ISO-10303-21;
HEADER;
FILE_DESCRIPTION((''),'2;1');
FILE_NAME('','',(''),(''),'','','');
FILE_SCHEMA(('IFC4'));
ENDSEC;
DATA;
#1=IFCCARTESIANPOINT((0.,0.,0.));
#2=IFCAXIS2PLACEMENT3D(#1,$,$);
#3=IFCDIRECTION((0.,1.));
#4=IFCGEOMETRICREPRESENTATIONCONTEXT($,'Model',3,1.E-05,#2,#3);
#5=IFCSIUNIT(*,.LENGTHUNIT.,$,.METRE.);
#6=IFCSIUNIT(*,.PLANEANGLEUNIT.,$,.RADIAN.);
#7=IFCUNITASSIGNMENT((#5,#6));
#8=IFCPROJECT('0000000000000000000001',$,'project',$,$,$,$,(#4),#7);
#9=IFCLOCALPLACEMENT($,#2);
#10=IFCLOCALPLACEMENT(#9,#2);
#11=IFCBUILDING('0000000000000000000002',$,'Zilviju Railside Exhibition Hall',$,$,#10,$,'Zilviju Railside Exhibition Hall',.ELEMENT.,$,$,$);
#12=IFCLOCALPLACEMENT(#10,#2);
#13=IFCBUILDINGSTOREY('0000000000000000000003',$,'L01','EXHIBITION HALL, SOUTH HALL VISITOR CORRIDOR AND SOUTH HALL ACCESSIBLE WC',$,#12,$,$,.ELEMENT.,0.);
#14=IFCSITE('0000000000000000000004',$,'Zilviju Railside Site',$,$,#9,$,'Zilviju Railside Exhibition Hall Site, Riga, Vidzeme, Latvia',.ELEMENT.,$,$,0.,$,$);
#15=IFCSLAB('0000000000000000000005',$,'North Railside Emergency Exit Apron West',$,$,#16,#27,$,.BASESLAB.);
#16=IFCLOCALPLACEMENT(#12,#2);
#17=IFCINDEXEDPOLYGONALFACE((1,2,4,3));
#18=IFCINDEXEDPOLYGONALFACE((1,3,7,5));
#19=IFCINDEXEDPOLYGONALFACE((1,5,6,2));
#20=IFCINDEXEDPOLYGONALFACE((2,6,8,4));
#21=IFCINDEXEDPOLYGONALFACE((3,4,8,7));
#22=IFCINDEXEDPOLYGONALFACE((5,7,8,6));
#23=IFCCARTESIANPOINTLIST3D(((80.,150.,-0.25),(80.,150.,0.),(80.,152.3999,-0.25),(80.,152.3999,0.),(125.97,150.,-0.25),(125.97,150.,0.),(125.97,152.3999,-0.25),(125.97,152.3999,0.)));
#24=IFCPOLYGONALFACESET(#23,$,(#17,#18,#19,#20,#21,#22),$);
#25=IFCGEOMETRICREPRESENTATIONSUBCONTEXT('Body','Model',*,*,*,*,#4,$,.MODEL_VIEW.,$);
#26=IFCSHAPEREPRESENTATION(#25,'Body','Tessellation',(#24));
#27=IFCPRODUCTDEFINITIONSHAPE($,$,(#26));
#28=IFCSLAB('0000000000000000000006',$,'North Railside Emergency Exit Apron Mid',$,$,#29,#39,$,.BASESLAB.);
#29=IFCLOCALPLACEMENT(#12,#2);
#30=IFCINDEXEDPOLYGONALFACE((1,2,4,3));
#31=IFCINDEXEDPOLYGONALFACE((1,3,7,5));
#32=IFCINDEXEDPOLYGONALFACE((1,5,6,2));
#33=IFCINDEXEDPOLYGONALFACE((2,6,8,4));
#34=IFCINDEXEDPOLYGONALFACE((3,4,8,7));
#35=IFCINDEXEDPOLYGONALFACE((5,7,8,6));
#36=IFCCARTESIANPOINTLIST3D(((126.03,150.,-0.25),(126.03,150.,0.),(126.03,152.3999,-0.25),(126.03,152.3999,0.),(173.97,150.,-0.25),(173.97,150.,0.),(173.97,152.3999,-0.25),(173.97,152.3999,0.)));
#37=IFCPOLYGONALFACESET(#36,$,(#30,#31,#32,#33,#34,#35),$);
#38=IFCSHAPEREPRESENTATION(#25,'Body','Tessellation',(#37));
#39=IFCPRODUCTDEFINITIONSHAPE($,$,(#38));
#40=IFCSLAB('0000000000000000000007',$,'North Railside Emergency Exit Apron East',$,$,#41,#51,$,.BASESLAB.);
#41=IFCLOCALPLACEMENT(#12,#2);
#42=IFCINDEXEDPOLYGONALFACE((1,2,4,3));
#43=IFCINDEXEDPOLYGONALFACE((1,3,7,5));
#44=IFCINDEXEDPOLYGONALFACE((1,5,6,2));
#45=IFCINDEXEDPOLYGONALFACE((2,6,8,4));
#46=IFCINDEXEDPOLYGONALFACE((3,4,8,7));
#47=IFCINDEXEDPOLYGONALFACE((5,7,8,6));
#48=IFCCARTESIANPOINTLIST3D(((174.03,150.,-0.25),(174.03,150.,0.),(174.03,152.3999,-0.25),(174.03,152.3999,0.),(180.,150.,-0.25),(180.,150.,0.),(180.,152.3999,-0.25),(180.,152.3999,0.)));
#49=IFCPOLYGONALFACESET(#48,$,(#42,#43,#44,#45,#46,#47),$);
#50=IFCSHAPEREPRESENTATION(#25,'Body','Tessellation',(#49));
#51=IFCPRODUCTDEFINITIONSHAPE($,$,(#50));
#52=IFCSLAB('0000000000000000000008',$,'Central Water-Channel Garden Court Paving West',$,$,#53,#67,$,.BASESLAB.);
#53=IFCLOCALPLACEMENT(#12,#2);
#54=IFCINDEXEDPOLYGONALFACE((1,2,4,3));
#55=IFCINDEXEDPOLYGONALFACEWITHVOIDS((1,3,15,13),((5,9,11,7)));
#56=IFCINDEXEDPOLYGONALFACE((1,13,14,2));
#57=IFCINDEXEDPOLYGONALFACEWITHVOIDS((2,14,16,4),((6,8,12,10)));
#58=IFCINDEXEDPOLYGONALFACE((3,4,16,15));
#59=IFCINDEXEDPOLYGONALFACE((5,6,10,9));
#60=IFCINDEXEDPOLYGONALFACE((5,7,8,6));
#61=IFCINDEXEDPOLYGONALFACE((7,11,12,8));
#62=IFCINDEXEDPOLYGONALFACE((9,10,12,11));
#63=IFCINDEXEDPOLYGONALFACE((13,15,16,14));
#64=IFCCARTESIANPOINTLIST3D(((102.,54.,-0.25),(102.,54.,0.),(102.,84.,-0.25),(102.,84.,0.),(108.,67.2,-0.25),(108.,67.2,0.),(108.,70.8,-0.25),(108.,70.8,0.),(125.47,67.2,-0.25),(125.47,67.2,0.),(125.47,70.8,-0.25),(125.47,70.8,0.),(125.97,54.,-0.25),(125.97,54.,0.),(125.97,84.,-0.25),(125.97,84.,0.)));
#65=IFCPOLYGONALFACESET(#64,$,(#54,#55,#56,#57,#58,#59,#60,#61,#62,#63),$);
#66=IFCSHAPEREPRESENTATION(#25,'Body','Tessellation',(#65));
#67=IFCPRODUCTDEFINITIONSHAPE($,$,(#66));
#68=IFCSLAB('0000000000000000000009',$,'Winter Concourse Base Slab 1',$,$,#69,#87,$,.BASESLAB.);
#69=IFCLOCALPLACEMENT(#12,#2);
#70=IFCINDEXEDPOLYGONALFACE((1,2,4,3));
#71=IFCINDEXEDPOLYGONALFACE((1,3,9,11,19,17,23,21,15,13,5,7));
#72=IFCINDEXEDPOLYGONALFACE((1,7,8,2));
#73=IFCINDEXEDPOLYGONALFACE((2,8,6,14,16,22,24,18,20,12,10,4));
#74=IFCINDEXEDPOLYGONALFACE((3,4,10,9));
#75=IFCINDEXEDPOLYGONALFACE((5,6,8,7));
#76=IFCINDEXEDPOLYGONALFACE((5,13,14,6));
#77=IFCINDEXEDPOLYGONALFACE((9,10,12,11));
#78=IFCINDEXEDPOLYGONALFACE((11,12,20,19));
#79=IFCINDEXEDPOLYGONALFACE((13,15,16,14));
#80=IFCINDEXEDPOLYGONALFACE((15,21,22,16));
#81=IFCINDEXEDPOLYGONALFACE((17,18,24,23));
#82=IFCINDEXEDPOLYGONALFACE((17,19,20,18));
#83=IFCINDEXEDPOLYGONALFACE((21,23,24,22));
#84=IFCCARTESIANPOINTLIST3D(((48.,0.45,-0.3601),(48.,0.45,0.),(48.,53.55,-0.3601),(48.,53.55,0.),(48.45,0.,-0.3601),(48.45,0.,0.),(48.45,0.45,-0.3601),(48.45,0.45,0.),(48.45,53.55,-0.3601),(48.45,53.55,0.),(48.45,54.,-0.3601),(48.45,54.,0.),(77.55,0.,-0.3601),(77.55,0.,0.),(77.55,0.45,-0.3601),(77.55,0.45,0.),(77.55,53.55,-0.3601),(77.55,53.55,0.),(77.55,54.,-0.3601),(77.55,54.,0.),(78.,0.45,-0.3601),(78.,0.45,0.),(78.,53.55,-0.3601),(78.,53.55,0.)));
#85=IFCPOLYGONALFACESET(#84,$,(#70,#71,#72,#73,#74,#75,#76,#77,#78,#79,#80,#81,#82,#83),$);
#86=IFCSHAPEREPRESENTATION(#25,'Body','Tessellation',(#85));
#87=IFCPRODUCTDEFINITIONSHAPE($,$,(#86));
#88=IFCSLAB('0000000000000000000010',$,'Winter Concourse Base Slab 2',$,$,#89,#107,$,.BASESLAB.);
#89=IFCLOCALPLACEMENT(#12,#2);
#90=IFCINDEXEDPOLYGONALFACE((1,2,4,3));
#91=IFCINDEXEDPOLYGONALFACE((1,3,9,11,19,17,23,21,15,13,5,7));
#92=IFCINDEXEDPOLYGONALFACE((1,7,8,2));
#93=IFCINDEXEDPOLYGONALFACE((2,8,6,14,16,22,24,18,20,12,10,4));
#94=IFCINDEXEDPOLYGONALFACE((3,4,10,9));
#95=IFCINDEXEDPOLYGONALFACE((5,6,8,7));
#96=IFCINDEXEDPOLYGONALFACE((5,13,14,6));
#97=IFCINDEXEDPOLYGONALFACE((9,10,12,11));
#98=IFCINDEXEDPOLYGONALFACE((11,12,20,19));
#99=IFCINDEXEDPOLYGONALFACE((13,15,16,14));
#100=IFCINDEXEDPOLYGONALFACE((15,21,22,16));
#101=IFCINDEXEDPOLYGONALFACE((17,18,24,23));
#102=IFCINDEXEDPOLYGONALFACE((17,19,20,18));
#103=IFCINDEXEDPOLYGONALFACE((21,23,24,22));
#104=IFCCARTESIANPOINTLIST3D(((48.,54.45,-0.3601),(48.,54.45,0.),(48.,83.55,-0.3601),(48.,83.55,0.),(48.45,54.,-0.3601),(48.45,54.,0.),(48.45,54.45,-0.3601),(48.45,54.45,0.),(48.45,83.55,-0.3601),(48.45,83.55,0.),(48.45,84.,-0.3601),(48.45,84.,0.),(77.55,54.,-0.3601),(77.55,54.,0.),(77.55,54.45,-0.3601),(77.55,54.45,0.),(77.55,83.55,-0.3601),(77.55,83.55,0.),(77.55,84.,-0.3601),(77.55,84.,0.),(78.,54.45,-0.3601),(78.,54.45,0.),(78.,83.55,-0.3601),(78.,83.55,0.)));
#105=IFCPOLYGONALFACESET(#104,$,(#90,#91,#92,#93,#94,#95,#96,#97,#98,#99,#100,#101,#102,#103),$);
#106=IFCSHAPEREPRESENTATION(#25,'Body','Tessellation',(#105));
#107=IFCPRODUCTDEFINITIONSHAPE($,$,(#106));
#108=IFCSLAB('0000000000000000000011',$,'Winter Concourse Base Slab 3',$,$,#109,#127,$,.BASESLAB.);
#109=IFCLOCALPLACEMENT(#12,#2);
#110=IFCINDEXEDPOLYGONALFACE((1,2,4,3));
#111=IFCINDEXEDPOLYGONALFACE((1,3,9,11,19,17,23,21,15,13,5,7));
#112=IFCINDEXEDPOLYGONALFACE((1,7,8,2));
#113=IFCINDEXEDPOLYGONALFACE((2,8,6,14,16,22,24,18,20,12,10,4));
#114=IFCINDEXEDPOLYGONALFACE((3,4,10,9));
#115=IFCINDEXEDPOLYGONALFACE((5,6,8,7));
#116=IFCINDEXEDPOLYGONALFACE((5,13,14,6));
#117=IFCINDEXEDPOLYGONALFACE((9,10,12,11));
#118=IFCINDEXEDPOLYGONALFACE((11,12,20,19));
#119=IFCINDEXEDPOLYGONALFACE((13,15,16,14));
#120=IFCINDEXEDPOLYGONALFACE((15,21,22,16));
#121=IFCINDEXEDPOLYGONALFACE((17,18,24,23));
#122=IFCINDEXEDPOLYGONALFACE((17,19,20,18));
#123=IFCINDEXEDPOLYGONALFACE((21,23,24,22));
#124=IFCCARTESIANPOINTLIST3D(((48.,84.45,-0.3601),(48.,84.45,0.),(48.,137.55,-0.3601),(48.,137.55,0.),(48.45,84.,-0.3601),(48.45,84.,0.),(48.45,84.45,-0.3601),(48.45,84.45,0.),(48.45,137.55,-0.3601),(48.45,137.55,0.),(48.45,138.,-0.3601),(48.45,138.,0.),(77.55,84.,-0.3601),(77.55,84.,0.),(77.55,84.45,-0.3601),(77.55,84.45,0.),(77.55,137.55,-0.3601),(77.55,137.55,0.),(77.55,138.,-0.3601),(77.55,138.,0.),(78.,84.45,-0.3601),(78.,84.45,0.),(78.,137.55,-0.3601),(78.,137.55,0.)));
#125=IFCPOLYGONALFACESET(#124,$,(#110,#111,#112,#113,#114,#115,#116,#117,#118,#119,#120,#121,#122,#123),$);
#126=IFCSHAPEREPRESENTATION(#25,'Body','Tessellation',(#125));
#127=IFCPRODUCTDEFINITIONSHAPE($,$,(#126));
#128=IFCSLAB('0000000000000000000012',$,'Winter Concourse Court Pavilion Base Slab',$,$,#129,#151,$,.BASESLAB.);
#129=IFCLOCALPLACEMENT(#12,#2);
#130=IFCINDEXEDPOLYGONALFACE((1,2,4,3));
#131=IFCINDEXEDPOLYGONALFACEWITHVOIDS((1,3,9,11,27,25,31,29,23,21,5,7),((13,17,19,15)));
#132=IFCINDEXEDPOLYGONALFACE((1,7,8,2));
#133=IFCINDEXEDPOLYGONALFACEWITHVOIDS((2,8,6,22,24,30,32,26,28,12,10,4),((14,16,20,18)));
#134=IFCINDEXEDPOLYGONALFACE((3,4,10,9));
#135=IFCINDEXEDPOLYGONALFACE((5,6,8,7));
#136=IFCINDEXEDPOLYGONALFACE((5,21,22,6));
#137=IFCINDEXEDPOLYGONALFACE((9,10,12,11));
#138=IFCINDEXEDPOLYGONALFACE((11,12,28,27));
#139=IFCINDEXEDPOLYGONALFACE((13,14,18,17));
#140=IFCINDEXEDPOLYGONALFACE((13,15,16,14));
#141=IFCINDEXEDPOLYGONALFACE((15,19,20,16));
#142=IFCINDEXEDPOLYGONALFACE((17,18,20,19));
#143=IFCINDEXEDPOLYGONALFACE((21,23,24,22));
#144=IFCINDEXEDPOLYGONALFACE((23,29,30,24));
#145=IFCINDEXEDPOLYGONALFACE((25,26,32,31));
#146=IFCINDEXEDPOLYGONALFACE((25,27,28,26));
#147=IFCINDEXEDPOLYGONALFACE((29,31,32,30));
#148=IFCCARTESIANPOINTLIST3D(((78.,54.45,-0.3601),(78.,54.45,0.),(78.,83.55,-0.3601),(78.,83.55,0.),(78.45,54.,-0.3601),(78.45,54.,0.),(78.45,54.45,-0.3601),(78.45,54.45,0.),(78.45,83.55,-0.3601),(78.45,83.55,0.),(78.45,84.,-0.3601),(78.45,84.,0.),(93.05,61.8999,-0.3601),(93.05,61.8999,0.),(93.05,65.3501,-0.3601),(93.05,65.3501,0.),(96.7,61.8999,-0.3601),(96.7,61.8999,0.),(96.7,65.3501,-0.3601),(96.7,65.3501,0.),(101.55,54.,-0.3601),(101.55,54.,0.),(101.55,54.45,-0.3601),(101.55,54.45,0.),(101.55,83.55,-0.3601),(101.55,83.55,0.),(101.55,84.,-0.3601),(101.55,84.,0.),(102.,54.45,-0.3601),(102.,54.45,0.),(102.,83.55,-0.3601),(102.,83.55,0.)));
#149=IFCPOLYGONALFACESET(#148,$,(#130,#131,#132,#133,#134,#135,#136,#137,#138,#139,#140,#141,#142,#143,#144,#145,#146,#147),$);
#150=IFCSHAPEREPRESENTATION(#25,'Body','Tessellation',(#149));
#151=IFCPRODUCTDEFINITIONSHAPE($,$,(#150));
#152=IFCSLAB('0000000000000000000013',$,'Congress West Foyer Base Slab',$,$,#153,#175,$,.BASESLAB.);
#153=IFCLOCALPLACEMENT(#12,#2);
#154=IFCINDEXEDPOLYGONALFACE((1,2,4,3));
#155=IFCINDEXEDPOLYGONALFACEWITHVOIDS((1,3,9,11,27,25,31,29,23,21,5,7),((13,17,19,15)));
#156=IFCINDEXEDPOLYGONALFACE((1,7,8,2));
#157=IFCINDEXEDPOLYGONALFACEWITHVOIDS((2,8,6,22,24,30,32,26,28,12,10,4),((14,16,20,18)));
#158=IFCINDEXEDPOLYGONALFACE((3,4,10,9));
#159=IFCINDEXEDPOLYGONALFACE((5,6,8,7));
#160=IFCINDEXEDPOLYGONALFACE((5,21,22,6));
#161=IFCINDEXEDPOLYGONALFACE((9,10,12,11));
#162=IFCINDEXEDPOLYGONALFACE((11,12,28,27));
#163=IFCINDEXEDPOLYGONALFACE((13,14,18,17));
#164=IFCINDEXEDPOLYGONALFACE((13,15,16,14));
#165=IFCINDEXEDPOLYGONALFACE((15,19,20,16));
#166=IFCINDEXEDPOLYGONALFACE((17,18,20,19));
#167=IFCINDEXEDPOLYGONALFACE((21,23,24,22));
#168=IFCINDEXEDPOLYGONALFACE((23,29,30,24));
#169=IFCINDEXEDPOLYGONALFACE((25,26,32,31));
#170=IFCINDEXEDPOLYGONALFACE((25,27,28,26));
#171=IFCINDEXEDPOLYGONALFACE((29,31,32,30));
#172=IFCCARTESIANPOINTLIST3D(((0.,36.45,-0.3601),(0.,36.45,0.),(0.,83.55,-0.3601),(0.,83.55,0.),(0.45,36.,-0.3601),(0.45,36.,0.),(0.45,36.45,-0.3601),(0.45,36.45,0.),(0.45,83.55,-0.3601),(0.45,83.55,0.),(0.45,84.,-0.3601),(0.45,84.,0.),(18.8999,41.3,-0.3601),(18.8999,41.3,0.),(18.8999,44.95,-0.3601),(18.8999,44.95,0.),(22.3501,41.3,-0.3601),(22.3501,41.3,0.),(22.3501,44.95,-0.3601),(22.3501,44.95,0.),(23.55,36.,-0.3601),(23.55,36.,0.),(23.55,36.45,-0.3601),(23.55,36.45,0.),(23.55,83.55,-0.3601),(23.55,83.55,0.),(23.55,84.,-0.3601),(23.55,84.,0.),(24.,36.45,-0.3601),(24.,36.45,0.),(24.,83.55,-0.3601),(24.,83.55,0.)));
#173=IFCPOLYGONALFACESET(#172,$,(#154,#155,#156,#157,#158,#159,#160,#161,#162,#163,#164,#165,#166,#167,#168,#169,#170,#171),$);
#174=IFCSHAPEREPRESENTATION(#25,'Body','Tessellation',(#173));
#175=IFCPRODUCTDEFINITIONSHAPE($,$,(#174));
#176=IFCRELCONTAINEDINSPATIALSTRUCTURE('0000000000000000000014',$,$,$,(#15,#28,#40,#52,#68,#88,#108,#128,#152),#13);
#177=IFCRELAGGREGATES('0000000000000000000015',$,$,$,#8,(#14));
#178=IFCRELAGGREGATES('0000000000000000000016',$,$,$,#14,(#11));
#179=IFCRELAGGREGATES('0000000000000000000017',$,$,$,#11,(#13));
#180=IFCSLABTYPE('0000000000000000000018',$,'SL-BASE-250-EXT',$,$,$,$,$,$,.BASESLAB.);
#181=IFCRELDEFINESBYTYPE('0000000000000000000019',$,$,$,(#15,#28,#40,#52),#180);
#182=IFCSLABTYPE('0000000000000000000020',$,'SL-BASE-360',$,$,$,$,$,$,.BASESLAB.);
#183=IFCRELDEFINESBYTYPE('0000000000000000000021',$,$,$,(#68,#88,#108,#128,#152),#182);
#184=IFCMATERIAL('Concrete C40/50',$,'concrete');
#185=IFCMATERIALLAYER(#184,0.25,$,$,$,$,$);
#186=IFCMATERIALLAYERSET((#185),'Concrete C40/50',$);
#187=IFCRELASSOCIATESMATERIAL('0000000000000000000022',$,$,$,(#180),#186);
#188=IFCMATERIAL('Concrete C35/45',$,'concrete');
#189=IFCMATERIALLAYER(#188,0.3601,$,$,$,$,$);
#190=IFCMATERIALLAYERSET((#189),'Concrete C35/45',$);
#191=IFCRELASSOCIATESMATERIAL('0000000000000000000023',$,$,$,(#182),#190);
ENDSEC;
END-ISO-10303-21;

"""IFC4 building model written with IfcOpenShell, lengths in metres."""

from ifc_helpers import new_model, si_unit, direction, frame, origin, place, context, subcontext, project, spatial, polyline, outline, extrude, material, layer, layer_set, type_object, element, save


model = new_model("IFC4")

# Units and contexts
model_context = context("Model", 3, precision=1e-05, world=origin(), true_north=direction((0.0, 1.0)))
body_context = subcontext(model_context, "Body", "Model", "MODEL_VIEW")
ifc_project = project(units=[si_unit("LENGTHUNIT", "METRE"), si_unit("PLANEANGLEUNIT", "RADIAN")], contexts=[model_context])

# Site, building, storey
site_placement = place(None, origin())
site = spatial("IfcSite", under=ifc_project, at=site_placement, Name="Zilviju Railside Site", LongName="Zilviju Railside Exhibition Hall Site, Riga, Vidzeme, Latvia", CompositionType="ELEMENT", RefElevation=0.0)
building_placement = place(site_placement, origin())
building = spatial("IfcBuilding", under=site, at=building_placement, Name="Zilviju Railside Exhibition Hall", LongName="Zilviju Railside Exhibition Hall", CompositionType="ELEMENT")
storey_placement = place(building_placement, origin())
storey = spatial("IfcBuildingStorey", under=building, at=storey_placement, Name="L01", Description="EXHIBITION HALL, SOUTH HALL VISITOR CORRIDOR AND SOUTH HALL ACCESSIBLE WC", CompositionType="ELEMENT", Elevation=0.0)

# Slabs
ifc_material_1 = material(Name="Concrete C40/50", Category="concrete")
ifc_layer_1 = layer(ifc_material_1, 0.25)
ifc_layer_set_1 = layer_set([ifc_layer_1], Name="Concrete C40/50")
slab_type_1 = type_object("IfcSlabType", Name="SL-BASE-250-EXT", PredefinedType="BASESLAB", material=ifc_layer_set_1)
slab_1_placement = place(storey_placement, frame((0.0, 0.0, -0.25)))
element("IfcSlab", 1, at=slab_1_placement, inside=storey, type_object=slab_type_1, Name="North Railside Emergency Exit Apron West", PredefinedType="BASESLAB", context=body_context, shape_type="SweptSolid", body=[
    extrude(outline(polyline([(80.0, 150.0), (125.97, 150.0), (125.97, 152.3999), (80.0, 152.3999), (80.0, 150.0)])), origin(), (0.0, 0.0, 1.0), 0.25),
])
slab_2_placement = place(storey_placement, frame((0.0, 0.0, -0.25)))
element("IfcSlab", 2, at=slab_2_placement, inside=storey, type_object=slab_type_1, Name="North Railside Emergency Exit Apron Mid", PredefinedType="BASESLAB", context=body_context, shape_type="SweptSolid", body=[
    extrude(outline(polyline([(126.03, 150.0), (173.97, 150.0), (173.97, 152.3999), (126.03, 152.3999), (126.03, 150.0)])), origin(), (0.0, 0.0, 1.0), 0.25),
])
slab_3_placement = place(storey_placement, frame((0.0, 0.0, -0.25)))
element("IfcSlab", 3, at=slab_3_placement, inside=storey, type_object=slab_type_1, Name="North Railside Emergency Exit Apron East", PredefinedType="BASESLAB", context=body_context, shape_type="SweptSolid", body=[
    extrude(outline(polyline([(174.03, 150.0), (180.0, 150.0), (180.0, 152.3999), (174.03, 152.3999), (174.03, 150.0)])), origin(), (0.0, 0.0, 1.0), 0.25),
])
slab_4_placement = place(storey_placement, frame((0.0, 0.0, -0.25)))
element("IfcSlab", 4, at=slab_4_placement, inside=storey, type_object=slab_type_1, Name="Central Water-Channel Garden Court Paving West", PredefinedType="BASESLAB", context=body_context, shape_type="SweptSolid", body=[
    extrude(outline(polyline([(102.0, 54.0), (125.97, 54.0), (125.97, 84.0), (102.0, 84.0), (102.0, 54.0)]), holes=[polyline([(108.0, 67.2), (125.47, 67.2), (125.47, 70.8), (108.0, 70.8), (108.0, 67.2)])]), origin(), (0.0, 0.0, 1.0), 0.25),
])
ifc_material_2 = material(Name="Concrete C35/45", Category="concrete")
ifc_layer_2 = layer(ifc_material_2, 0.3601)
ifc_layer_set_2 = layer_set([ifc_layer_2], Name="Concrete C35/45")
slab_type_2 = type_object("IfcSlabType", Name="SL-BASE-360", PredefinedType="BASESLAB", material=ifc_layer_set_2)
slab_5_placement = place(storey_placement, frame((0.0, 0.0, -0.3601)))
element("IfcSlab", 5, at=slab_5_placement, inside=storey, type_object=slab_type_2, Name="Winter Concourse Base Slab 1", PredefinedType="BASESLAB", context=body_context, shape_type="SweptSolid", body=[
    extrude(outline(polyline([(48.45, 0.0), (77.55, 0.0), (77.55, 0.45), (78.0, 0.45), (78.0, 53.55), (77.55, 53.55), (77.55, 54.0), (48.45, 54.0), (48.45, 53.55), (48.0, 53.55), (48.0, 0.45), (48.45, 0.45), (48.45, 0.0)])), origin(), (0.0, 0.0, 1.0), 0.3601),
])
slab_6_placement = place(storey_placement, frame((0.0, 0.0, -0.3601)))
element("IfcSlab", 6, at=slab_6_placement, inside=storey, type_object=slab_type_2, Name="Winter Concourse Base Slab 2", PredefinedType="BASESLAB", context=body_context, shape_type="SweptSolid", body=[
    extrude(outline(polyline([(48.45, 54.0), (77.55, 54.0), (77.55, 54.45), (78.0, 54.45), (78.0, 83.55), (77.55, 83.55), (77.55, 84.0), (48.45, 84.0), (48.45, 83.55), (48.0, 83.55), (48.0, 54.45), (48.45, 54.45), (48.45, 54.0)])), origin(), (0.0, 0.0, 1.0), 0.3601),
])
slab_7_placement = place(storey_placement, frame((0.0, 0.0, -0.3601)))
element("IfcSlab", 7, at=slab_7_placement, inside=storey, type_object=slab_type_2, Name="Winter Concourse Base Slab 3", PredefinedType="BASESLAB", context=body_context, shape_type="SweptSolid", body=[
    extrude(outline(polyline([(48.45, 84.0), (77.55, 84.0), (77.55, 84.45), (78.0, 84.45), (78.0, 137.55), (77.55, 137.55), (77.55, 138.0), (48.45, 138.0), (48.45, 137.55), (48.0, 137.55), (48.0, 84.45), (48.45, 84.45), (48.45, 84.0)])), origin(), (0.0, 0.0, 1.0), 0.3601),
])
slab_8_placement = place(storey_placement, frame((0.0, 0.0, -0.3601)))
element("IfcSlab", 8, at=slab_8_placement, inside=storey, type_object=slab_type_2, Name="Winter Concourse Court Pavilion Base Slab", PredefinedType="BASESLAB", context=body_context, shape_type="SweptSolid", body=[
    extrude(outline(polyline([(78.45, 54.0), (101.55, 54.0), (101.55, 54.45), (102.0, 54.45), (102.0, 83.55), (101.55, 83.55), (101.55, 84.0), (78.45, 84.0), (78.45, 83.55), (78.0, 83.55), (78.0, 54.45), (78.45, 54.45), (78.45, 54.0)]), holes=[polyline([(93.05, 61.8999), (96.7, 61.8999), (96.7, 65.3501), (93.05, 65.3501), (93.05, 61.8999)])]), origin(), (0.0, 0.0, 1.0), 0.3601),
])
slab_9_placement = place(storey_placement, frame((0.0, 0.0, -0.3601)))
element("IfcSlab", 9, at=slab_9_placement, inside=storey, type_object=slab_type_2, Name="Congress West Foyer Base Slab", PredefinedType="BASESLAB", context=body_context, shape_type="SweptSolid", body=[
    extrude(outline(polyline([(0.45, 36.0), (23.55, 36.0), (23.55, 36.45), (24.0, 36.45), (24.0, 83.55), (23.55, 83.55), (23.55, 84.0), (0.45, 84.0), (0.45, 83.55), (0.0, 83.55), (0.0, 36.45), (0.45, 36.45), (0.45, 36.0)]), holes=[polyline([(18.8999, 41.3), (22.3501, 41.3), (22.3501, 44.95), (18.8999, 44.95), (18.8999, 41.3)])]), origin(), (0.0, 0.0, 1.0), 0.3601),
])

save(model, "model.ifc")
